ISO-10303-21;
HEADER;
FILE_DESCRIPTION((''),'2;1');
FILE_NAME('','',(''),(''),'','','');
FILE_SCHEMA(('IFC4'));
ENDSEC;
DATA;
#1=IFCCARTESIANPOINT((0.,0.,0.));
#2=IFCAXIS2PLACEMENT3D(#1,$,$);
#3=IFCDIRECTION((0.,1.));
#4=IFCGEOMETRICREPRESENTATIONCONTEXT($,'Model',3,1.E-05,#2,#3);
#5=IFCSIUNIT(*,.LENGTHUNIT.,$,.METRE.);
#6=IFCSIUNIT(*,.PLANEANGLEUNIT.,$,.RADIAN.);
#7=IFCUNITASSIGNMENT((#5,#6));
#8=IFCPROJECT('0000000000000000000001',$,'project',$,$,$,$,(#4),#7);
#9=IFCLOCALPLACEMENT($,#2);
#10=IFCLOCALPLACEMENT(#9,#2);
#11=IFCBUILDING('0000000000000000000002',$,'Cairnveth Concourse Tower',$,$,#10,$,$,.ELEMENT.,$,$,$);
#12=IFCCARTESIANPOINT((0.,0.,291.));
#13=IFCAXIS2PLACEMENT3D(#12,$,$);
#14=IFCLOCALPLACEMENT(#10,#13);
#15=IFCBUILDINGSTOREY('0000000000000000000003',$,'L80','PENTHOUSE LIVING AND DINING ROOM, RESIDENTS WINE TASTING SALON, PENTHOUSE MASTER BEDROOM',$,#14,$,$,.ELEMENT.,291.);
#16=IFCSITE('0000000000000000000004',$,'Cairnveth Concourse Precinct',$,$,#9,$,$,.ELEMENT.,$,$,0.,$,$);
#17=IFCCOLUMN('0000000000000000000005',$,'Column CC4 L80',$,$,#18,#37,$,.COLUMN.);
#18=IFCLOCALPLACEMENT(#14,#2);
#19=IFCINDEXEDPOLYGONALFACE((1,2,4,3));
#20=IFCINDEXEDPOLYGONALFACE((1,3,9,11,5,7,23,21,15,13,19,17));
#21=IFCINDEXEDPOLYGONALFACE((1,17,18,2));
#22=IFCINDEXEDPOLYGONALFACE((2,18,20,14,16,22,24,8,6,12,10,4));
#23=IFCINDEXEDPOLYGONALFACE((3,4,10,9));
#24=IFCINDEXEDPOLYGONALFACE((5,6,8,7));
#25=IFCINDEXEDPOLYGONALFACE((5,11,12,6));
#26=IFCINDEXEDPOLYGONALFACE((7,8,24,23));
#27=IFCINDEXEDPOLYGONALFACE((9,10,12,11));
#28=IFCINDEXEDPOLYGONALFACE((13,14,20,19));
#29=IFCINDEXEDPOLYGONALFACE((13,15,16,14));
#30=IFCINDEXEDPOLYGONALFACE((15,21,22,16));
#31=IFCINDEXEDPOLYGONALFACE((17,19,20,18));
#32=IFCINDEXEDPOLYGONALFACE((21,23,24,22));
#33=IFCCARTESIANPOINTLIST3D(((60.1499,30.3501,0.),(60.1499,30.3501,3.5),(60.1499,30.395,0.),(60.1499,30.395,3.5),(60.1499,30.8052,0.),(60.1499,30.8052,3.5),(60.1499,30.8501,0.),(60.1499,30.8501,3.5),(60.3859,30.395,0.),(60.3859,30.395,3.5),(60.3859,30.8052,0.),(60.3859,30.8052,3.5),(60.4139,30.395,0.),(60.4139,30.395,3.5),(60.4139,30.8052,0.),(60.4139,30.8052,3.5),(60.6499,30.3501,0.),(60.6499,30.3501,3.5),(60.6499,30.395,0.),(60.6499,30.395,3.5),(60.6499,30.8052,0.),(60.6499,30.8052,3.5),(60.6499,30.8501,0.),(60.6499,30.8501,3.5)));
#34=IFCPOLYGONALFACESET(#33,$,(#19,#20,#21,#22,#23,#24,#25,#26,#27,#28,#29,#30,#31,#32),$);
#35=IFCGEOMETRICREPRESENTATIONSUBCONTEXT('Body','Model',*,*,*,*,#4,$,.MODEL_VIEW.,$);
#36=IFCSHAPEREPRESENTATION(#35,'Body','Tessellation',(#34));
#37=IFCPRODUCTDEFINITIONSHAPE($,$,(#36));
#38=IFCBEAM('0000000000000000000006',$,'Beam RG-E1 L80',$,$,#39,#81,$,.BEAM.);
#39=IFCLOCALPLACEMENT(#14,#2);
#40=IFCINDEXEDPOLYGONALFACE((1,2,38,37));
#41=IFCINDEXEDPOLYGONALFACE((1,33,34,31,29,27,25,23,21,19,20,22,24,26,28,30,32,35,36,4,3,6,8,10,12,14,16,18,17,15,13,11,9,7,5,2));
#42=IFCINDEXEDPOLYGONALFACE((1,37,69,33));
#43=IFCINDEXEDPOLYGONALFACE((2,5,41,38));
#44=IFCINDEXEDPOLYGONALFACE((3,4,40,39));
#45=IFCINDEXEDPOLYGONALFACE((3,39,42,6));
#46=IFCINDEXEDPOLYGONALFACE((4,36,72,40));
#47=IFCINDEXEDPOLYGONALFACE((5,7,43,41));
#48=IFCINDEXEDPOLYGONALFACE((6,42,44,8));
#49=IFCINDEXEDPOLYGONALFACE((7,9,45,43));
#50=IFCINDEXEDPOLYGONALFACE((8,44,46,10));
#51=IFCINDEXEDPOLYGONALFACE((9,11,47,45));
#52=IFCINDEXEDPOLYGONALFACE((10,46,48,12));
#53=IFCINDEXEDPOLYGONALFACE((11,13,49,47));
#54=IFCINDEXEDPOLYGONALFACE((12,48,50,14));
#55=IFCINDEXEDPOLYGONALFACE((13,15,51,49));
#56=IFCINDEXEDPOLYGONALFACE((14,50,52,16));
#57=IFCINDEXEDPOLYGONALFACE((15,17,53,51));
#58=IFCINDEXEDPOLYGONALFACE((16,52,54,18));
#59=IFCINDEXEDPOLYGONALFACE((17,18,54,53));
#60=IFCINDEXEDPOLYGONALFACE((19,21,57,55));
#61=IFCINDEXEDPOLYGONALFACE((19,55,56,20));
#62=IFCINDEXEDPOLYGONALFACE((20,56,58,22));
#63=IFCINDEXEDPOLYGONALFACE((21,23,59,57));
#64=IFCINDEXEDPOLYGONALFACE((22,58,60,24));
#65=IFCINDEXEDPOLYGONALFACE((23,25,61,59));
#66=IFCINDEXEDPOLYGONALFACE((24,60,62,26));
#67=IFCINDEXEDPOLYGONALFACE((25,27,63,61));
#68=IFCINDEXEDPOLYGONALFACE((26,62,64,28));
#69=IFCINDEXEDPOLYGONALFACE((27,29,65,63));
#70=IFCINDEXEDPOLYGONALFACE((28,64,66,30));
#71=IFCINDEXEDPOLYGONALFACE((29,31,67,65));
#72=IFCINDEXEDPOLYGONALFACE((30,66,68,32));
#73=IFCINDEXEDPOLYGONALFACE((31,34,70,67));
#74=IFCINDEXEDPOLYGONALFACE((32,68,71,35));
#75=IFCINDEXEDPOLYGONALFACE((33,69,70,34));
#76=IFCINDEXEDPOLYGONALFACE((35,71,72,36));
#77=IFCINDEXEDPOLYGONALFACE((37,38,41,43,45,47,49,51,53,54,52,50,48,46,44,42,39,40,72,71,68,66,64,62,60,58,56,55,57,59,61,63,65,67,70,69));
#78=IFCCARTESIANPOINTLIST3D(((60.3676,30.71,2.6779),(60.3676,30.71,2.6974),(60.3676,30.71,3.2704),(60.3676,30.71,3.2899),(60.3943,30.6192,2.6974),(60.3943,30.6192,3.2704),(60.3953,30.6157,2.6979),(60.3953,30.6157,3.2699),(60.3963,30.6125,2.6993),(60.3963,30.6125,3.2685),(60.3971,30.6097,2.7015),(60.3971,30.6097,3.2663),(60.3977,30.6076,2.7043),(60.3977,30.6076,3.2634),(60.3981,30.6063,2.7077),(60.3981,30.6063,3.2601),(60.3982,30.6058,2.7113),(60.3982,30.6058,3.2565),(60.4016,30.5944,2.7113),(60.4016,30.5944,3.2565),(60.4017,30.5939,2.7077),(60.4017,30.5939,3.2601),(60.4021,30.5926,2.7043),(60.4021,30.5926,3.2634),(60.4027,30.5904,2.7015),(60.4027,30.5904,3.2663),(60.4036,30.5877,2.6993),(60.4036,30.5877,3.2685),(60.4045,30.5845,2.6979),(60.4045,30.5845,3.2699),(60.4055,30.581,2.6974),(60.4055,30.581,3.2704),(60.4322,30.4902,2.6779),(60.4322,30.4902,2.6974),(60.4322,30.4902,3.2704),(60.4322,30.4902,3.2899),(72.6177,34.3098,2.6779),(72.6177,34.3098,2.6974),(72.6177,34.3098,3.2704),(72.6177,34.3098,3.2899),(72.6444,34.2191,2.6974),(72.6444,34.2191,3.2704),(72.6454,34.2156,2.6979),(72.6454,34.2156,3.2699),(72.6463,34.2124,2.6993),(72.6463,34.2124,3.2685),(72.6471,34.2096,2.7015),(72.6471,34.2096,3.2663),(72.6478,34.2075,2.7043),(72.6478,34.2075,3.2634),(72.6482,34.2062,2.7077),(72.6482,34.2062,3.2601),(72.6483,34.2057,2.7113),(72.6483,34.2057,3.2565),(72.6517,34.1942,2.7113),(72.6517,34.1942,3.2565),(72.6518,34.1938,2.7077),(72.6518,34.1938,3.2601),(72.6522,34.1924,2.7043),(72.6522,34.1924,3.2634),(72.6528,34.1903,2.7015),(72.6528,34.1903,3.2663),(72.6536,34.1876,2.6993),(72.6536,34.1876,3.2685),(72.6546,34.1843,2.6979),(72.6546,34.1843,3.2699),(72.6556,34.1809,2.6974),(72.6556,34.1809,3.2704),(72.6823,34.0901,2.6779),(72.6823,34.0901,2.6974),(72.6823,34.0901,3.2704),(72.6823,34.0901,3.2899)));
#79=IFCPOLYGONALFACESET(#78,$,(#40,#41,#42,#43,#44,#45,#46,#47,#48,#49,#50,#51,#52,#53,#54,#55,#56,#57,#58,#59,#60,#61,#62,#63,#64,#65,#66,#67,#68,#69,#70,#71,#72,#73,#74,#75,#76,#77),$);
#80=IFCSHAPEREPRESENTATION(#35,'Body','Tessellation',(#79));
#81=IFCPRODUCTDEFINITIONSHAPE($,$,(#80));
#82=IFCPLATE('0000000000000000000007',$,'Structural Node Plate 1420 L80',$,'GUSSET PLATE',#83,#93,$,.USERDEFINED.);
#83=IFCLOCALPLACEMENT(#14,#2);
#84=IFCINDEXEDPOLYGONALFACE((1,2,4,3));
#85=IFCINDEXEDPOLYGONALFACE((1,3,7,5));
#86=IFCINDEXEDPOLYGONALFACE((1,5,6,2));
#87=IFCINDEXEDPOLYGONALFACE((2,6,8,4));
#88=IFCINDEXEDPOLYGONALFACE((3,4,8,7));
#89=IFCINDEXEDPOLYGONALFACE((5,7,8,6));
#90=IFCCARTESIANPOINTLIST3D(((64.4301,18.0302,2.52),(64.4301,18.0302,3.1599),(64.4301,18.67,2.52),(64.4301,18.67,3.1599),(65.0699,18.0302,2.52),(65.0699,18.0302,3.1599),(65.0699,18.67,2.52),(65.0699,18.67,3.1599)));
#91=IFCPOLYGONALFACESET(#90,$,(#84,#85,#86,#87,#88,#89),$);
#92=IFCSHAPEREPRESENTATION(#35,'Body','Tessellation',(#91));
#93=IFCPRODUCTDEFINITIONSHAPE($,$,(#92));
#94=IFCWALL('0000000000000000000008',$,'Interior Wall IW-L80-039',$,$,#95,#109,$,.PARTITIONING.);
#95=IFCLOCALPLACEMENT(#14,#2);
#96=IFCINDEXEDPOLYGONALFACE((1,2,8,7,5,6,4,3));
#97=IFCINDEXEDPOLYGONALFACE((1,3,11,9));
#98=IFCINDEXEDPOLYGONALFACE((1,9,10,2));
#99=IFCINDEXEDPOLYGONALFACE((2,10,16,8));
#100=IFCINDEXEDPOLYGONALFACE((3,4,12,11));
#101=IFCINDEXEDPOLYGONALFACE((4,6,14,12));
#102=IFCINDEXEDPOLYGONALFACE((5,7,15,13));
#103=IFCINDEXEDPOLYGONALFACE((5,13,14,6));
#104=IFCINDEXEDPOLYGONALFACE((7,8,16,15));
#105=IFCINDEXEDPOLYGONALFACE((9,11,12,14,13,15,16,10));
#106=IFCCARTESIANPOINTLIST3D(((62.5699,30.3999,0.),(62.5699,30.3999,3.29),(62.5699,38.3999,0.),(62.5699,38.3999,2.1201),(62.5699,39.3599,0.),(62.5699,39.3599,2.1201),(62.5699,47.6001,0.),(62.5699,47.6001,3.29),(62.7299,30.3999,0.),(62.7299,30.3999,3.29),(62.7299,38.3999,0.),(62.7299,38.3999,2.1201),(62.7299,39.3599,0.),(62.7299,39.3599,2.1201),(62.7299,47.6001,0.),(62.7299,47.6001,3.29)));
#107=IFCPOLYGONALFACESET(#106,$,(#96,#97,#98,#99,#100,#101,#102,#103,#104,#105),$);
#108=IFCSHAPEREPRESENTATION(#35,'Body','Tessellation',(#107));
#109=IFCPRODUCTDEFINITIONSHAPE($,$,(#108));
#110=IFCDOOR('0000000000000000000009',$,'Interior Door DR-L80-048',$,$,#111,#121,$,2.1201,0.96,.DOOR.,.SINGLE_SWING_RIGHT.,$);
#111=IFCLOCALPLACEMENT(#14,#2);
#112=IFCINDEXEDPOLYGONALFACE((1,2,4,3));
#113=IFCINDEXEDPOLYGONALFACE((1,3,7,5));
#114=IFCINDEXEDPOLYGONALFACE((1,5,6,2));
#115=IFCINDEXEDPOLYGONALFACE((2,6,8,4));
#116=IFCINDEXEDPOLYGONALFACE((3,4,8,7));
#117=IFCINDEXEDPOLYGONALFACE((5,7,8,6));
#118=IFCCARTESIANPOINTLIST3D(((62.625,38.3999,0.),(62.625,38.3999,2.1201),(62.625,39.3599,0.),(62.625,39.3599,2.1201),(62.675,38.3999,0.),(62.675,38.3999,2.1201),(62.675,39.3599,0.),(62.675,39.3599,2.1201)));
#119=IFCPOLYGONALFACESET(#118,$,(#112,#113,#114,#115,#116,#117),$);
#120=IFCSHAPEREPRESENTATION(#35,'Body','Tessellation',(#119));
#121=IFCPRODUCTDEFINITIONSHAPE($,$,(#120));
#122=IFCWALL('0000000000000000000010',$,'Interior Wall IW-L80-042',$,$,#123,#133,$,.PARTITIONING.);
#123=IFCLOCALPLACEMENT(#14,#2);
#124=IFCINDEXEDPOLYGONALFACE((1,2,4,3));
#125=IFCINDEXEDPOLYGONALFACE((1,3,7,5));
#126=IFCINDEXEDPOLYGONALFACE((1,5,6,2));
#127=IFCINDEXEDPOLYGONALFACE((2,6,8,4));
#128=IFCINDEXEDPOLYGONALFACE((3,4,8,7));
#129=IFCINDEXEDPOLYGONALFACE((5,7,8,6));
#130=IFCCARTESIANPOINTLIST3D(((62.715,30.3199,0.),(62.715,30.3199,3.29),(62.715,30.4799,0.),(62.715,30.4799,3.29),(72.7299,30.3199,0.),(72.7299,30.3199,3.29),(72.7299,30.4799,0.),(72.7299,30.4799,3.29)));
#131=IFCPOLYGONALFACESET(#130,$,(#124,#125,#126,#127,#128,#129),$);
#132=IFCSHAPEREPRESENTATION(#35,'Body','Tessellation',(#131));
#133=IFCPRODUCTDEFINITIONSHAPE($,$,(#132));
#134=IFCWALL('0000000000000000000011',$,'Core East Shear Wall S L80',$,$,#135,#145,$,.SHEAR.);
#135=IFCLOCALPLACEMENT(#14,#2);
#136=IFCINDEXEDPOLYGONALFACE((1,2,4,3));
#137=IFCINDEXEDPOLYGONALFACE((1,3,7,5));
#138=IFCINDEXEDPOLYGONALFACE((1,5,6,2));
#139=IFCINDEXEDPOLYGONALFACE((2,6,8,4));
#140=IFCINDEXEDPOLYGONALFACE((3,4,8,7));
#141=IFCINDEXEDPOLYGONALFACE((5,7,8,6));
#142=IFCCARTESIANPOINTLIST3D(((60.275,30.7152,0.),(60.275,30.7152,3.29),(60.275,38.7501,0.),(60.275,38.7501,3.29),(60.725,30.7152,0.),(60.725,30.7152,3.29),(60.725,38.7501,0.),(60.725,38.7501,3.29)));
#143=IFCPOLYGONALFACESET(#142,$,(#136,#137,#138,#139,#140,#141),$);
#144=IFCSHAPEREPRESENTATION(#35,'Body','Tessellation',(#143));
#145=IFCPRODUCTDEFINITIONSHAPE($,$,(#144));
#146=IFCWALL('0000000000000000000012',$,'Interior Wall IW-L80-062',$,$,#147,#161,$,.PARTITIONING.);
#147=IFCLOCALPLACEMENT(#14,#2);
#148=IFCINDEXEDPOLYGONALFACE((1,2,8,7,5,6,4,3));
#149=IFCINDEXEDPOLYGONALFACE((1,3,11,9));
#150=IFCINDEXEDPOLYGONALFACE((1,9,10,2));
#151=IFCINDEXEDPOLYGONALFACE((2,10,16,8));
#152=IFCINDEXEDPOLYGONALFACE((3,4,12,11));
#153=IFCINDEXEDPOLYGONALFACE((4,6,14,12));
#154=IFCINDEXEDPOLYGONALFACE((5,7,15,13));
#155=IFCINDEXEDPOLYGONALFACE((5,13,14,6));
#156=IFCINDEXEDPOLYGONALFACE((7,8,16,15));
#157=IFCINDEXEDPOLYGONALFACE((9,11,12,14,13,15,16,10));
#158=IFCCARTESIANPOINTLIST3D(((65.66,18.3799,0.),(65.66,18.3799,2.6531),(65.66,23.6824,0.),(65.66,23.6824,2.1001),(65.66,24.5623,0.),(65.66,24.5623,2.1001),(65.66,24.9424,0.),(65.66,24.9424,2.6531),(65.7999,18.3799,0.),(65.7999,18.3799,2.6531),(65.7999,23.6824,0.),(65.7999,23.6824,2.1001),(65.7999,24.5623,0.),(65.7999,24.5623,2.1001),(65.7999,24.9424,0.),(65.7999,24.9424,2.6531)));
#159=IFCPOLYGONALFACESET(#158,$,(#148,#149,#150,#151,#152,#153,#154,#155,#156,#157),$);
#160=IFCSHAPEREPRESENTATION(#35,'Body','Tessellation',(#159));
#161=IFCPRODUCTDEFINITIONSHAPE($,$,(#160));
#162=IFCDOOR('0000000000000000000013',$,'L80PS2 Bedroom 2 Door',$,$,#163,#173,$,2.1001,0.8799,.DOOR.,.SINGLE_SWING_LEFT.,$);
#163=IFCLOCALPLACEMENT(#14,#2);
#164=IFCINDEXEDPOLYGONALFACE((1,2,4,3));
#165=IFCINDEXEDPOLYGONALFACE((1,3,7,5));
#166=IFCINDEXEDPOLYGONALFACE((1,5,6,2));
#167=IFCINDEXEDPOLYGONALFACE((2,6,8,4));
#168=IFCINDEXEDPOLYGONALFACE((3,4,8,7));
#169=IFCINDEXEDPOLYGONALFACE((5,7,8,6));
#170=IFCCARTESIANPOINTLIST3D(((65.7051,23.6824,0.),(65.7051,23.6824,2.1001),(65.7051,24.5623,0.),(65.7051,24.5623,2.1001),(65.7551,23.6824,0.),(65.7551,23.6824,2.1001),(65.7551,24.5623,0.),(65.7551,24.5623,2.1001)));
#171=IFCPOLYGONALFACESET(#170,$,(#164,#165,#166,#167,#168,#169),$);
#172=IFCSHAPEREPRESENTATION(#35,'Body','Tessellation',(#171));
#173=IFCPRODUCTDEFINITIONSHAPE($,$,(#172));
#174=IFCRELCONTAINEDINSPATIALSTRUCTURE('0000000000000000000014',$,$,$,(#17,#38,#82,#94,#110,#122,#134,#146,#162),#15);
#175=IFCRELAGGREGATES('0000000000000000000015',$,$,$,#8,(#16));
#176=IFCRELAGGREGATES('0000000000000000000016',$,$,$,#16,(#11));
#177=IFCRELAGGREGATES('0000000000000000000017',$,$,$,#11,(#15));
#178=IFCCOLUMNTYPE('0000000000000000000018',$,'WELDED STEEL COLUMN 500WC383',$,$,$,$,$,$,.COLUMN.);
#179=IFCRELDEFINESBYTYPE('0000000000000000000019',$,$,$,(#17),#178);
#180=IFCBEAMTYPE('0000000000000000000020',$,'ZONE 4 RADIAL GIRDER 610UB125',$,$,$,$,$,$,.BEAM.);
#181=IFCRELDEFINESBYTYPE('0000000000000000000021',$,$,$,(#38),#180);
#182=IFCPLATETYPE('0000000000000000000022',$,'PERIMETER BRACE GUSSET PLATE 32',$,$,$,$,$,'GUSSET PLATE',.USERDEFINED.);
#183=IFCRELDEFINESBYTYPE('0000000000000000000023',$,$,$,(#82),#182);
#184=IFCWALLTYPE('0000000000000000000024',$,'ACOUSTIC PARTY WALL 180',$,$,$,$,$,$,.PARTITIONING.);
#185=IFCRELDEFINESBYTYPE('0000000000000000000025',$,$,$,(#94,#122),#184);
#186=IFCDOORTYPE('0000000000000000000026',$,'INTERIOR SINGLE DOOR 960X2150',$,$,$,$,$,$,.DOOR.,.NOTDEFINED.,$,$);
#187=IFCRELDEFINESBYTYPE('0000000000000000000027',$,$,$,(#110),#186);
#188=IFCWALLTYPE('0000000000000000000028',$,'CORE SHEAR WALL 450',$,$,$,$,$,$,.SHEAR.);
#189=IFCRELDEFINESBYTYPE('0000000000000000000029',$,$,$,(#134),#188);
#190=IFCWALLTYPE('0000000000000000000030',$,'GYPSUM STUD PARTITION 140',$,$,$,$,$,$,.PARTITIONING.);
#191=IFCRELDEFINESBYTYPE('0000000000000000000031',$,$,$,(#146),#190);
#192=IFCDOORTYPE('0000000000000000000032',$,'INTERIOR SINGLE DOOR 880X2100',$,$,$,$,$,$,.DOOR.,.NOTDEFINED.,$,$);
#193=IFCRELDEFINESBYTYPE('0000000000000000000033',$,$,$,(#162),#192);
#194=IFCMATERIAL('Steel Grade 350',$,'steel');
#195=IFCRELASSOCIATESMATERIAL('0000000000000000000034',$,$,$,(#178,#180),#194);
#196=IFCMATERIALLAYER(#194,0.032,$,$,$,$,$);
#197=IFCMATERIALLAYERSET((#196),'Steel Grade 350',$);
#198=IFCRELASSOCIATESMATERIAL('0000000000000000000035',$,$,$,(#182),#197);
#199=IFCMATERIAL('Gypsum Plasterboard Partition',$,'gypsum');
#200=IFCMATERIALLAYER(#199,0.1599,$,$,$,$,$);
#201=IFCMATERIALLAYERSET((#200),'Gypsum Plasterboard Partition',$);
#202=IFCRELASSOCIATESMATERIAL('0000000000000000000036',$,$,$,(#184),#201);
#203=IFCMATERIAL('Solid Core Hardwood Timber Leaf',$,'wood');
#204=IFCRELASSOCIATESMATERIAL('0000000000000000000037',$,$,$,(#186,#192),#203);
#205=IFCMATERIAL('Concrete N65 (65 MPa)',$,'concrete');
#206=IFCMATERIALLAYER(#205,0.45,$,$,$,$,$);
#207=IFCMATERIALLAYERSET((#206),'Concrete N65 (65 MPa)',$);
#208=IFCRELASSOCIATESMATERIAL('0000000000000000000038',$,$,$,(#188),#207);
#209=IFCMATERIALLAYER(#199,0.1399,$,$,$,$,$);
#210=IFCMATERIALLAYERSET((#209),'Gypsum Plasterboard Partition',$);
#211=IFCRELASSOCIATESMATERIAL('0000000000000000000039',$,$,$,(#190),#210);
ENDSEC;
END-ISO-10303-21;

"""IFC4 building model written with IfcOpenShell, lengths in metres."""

from ifc_helpers import new_model, si_unit, direction, frame, frame_2d, origin, origin_2d, place, context, subcontext, project, spatial, rectangle, i_section, extrude, material, layer, layer_set, material_profile, profile_set, type_object, element, fill, save


model = new_model("IFC4")

# Units and contexts
model_context = context("Model", 3, precision=1e-05, world=origin(), true_north=direction((0.0, 1.0)))
body_context = subcontext(model_context, "Body", "Model", "MODEL_VIEW")
ifc_project = project(units=[si_unit("LENGTHUNIT", "METRE"), si_unit("PLANEANGLEUNIT", "RADIAN")], contexts=[model_context])

# Site, building, storey
site_placement = place(None, origin())
site = spatial("IfcSite", under=ifc_project, at=site_placement, Name="Cairnveth Concourse Precinct", CompositionType="ELEMENT", RefElevation=0.0)
building_placement = place(site_placement, origin())
building = spatial("IfcBuilding", under=site, at=building_placement, Name="Cairnveth Concourse Tower", CompositionType="ELEMENT")
storey_placement = place(building_placement, frame((0.0, 0.0, 291.0)))
storey = spatial("IfcBuildingStorey", under=building, at=storey_placement, Name="L80", Description="PENTHOUSE LIVING AND DINING ROOM, RESIDENTS WINE TASTING SALON, PENTHOUSE MASTER BEDROOM", CompositionType="ELEMENT", Elevation=291.0)

# Column
ifc_material_1 = material(Name="Steel Grade 350", Category="steel")
ifc_material_profile_1 = material_profile(ifc_material_1, i_section(OverallWidth=0.5, OverallDepth=0.5, WebThickness=0.0281, FlangeThickness=0.0449, at=origin_2d()), Name="500WC383")
ifc_profile_set_1 = profile_set([ifc_material_profile_1], Name="Steel Grade 350")
column_type = type_object("IfcColumnType", Name="WELDED STEEL COLUMN 500WC383", PredefinedType="COLUMN", material=ifc_profile_set_1)
column_placement = place(storey_placement, frame((60.3999, 30.6001, 0.0), z_axis=(0.0, 0.0, 1.0), x_axis=(1.0, 0.0, 0.0)))
element("IfcColumn", 1, at=column_placement, inside=storey, type_object=column_type, Name="Column CC4 L80", PredefinedType="COLUMN", context=body_context, shape_type="SweptSolid", body=[
    extrude(i_section(OverallWidth=0.5, OverallDepth=0.5, WebThickness=0.0281, FlangeThickness=0.0449, at=origin_2d()), origin(), (0.0, 0.0, 1.0), 3.5),
])

# Beam
ifc_material_profile_2 = material_profile(ifc_material_1, i_section(OverallWidth=0.229, OverallDepth=0.6121, WebThickness=0.012, FlangeThickness=0.0195, FilletRadius=0.0139, at=origin_2d()), Name="610UB125")
ifc_profile_set_2 = profile_set([ifc_material_profile_2], Name="Steel Grade 350")
beam_type = type_object("IfcBeamType", Name="ZONE 4 RADIAL GIRDER 610UB125", PredefinedType="BEAM", material=ifc_profile_set_2)
beam_placement = place(storey_placement, frame((60.3999, 30.6001, 2.9839), z_axis=(0.959431, 0.281944, 0.0), x_axis=(-0.281944, 0.959431, 0.0)))
element("IfcBeam", 2, at=beam_placement, inside=storey, type_object=beam_type, Name="Beam RG-E1 L80", PredefinedType="BEAM", context=body_context, shape_type="SweptSolid", body=[
    extrude(i_section(OverallWidth=0.229, OverallDepth=0.6121, WebThickness=0.012, FlangeThickness=0.0195, FilletRadius=0.0139, at=origin_2d()), origin(), (0.0, 0.0, 1.0), 12.7681),
])

# Plate
ifc_layer_1 = layer(ifc_material_1, 0.032)
ifc_layer_set_1 = layer_set([ifc_layer_1], Name="Steel Grade 350")
plate_type = type_object("IfcPlateType", Name="PERIMETER BRACE GUSSET PLATE 32", ElementType="GUSSET PLATE", PredefinedType="USERDEFINED", material=ifc_layer_set_1)
plate_placement = place(storey_placement, frame((64.75, 18.3501, 2.52), z_axis=(0.0, 0.0, 1.0), x_axis=(1.0, 0.0, 0.0)))
element("IfcPlate", 3, at=plate_placement, inside=storey, type_object=plate_type, Name="Structural Node Plate 1420 L80", ObjectType="GUSSET PLATE", PredefinedType="USERDEFINED", context=body_context, shape_type="SweptSolid", body=[
    extrude(rectangle(XDim=0.6399, YDim=0.6399, at=origin_2d()), origin(), (0.0, 0.0, 1.0), 0.6399),
])

# Wall, opening, door
ifc_material_2 = material(Name="Gypsum Plasterboard Partition", Category="gypsum")
ifc_layer_2 = layer(ifc_material_2, 0.1599)
ifc_layer_set_2 = layer_set([ifc_layer_2], Name="Gypsum Plasterboard Partition")
wall_type_1 = type_object("IfcWallType", Name="ACOUSTIC PARTY WALL 180", PredefinedType="PARTITIONING", material=ifc_layer_set_2)
wall_1_placement = place(storey_placement, frame((62.6499, 30.3999, 0.0), z_axis=(0.0, 0.0, 1.0), x_axis=(0.0, 1.0, 0.0)))
wall_1 = element("IfcWall", 4, at=wall_1_placement, inside=storey, type_object=wall_type_1, Name="Interior Wall IW-L80-039", PredefinedType="PARTITIONING", context=body_context, shape_type="SweptSolid", body=[
    extrude(rectangle(XDim=17.2002, YDim=0.1599, at=frame_2d((8.6001, 0.0))), origin(), (0.0, 0.0, 1.0), 3.29),
])
opening_1_placement = place(wall_1_placement, frame((8.0, 0.0, 0.0)))
opening_1 = element("IfcOpeningElement", 5, at=opening_1_placement, cuts=wall_1, PredefinedType="OPENING", context=body_context, shape_type="SweptSolid", body=[
    extrude(rectangle(XDim=0.96, YDim=2.1201, at=frame_2d((0.48, 1.0601))), frame((0.0, 0.0898, 0.0), z_axis=(0.0, -1.0, 0.0), x_axis=(1.0, 0.0, 0.0)), (0.0, 0.0, 1.0), 0.1799),
])
ifc_material_3 = material(Name="Solid Core Hardwood Timber Leaf", Category="wood")
door_type_1 = type_object("IfcDoorType", Name="INTERIOR SINGLE DOOR 960X2150", OperationType="NOTDEFINED", PredefinedType="DOOR", material=ifc_material_3)
door_1_placement = place(opening_1_placement, origin())
door_1 = element("IfcDoor", 6, at=door_1_placement, inside=storey, type_object=door_type_1, Name="Interior Door DR-L80-048", OperationType="SINGLE_SWING_RIGHT", OverallHeight=2.1201, OverallWidth=0.96, PredefinedType="DOOR", context=body_context, shape_type="SweptSolid", body=[
    extrude(rectangle(XDim=0.96, YDim=2.1201, at=frame_2d((0.48, 1.0601))), frame((0.0, 0.0249, 0.0), z_axis=(0.0, -1.0, 0.0), x_axis=(1.0, 0.0, 0.0)), (0.0, 0.0, 1.0), 0.05),
])
fill(opening_1, door_1)

# Walls
wall_2_placement = place(storey_placement, frame((62.7151, 30.3999, 0.0), z_axis=(0.0, 0.0, 1.0), x_axis=(1.0, 0.0, 0.0)))
element("IfcWall", 7, at=wall_2_placement, inside=storey, type_object=wall_type_1, Name="Interior Wall IW-L80-042", PredefinedType="PARTITIONING", context=body_context, shape_type="SweptSolid", body=[
    extrude(rectangle(XDim=10.0149, YDim=0.1599, at=frame_2d((5.0073, 0.0))), origin(), (0.0, 0.0, 1.0), 3.29),
])
ifc_material_4 = material(Name="Concrete N65 (65 MPa)", Category="concrete")
ifc_layer_3 = layer(ifc_material_4, 0.45)
ifc_layer_set_3 = layer_set([ifc_layer_3], Name="Concrete N65 (65 MPa)")
wall_type_2 = type_object("IfcWallType", Name="CORE SHEAR WALL 450", PredefinedType="SHEAR", material=ifc_layer_set_3)
wall_3_placement = place(storey_placement, frame((60.5, 30.7151, 0.0), z_axis=(0.0, 0.0, 1.0), x_axis=(0.0, 1.0, 0.0)))
element("IfcWall", 8, at=wall_3_placement, inside=storey, type_object=wall_type_2, Name="Core East Shear Wall S L80", PredefinedType="SHEAR", context=body_context, shape_type="SweptSolid", body=[
    extrude(rectangle(XDim=8.0349, YDim=0.45, at=frame_2d((4.0176, 0.0))), origin(), (0.0, 0.0, 1.0), 3.29),
])

# Wall, opening, door
ifc_layer_4 = layer(ifc_material_2, 0.1399)
ifc_layer_set_4 = layer_set([ifc_layer_4], Name="Gypsum Plasterboard Partition")
wall_type_3 = type_object("IfcWallType", Name="GYPSUM STUD PARTITION 140", PredefinedType="PARTITIONING", material=ifc_layer_set_4)
wall_4_placement = place(storey_placement, frame((65.73, 18.3799, 0.0), z_axis=(0.0, 0.0, 1.0), x_axis=(0.0, 1.0, 0.0)))
wall_4 = element("IfcWall", 9, at=wall_4_placement, inside=storey, type_object=wall_type_3, Name="Interior Wall IW-L80-062", PredefinedType="PARTITIONING", context=body_context, shape_type="SweptSolid", body=[
    extrude(rectangle(XDim=6.5625, YDim=0.1399, at=frame_2d((3.2812, 0.0))), origin(), (0.0, 0.0, 1.0), 2.6531),
])
opening_2_placement = place(wall_4_placement, frame((5.3025, 0.0, 0.0)))
opening_2 = element("IfcOpeningElement", 10, at=opening_2_placement, cuts=wall_4, PredefinedType="OPENING", context=body_context, shape_type="SweptSolid", body=[
    extrude(rectangle(XDim=0.8799, YDim=2.1001, at=frame_2d((0.4399, 1.05))), frame((0.0, 0.0798, 0.0), z_axis=(0.0, -1.0, 0.0), x_axis=(1.0, 0.0, 0.0)), (0.0, 0.0, 1.0), 0.1599),
])
door_type_2 = type_object("IfcDoorType", Name="INTERIOR SINGLE DOOR 880X2100", OperationType="NOTDEFINED", PredefinedType="DOOR", material=ifc_material_3)
door_2_placement = place(opening_2_placement, origin())
door_2 = element("IfcDoor", 11, at=door_2_placement, inside=storey, type_object=door_type_2, Name="L80PS2 Bedroom 2 Door", OperationType="SINGLE_SWING_LEFT", OverallHeight=2.1001, OverallWidth=0.8799, PredefinedType="DOOR", context=body_context, shape_type="SweptSolid", body=[
    extrude(rectangle(XDim=0.8799, YDim=2.1001, at=frame_2d((0.4399, 1.05))), frame((0.0, 0.0249, 0.0), z_axis=(0.0, -1.0, 0.0), x_axis=(1.0, 0.0, 0.0)), (0.0, 0.0, 1.0), 0.05),
])
fill(opening_2, door_2)

save(model, "model.ifc")
